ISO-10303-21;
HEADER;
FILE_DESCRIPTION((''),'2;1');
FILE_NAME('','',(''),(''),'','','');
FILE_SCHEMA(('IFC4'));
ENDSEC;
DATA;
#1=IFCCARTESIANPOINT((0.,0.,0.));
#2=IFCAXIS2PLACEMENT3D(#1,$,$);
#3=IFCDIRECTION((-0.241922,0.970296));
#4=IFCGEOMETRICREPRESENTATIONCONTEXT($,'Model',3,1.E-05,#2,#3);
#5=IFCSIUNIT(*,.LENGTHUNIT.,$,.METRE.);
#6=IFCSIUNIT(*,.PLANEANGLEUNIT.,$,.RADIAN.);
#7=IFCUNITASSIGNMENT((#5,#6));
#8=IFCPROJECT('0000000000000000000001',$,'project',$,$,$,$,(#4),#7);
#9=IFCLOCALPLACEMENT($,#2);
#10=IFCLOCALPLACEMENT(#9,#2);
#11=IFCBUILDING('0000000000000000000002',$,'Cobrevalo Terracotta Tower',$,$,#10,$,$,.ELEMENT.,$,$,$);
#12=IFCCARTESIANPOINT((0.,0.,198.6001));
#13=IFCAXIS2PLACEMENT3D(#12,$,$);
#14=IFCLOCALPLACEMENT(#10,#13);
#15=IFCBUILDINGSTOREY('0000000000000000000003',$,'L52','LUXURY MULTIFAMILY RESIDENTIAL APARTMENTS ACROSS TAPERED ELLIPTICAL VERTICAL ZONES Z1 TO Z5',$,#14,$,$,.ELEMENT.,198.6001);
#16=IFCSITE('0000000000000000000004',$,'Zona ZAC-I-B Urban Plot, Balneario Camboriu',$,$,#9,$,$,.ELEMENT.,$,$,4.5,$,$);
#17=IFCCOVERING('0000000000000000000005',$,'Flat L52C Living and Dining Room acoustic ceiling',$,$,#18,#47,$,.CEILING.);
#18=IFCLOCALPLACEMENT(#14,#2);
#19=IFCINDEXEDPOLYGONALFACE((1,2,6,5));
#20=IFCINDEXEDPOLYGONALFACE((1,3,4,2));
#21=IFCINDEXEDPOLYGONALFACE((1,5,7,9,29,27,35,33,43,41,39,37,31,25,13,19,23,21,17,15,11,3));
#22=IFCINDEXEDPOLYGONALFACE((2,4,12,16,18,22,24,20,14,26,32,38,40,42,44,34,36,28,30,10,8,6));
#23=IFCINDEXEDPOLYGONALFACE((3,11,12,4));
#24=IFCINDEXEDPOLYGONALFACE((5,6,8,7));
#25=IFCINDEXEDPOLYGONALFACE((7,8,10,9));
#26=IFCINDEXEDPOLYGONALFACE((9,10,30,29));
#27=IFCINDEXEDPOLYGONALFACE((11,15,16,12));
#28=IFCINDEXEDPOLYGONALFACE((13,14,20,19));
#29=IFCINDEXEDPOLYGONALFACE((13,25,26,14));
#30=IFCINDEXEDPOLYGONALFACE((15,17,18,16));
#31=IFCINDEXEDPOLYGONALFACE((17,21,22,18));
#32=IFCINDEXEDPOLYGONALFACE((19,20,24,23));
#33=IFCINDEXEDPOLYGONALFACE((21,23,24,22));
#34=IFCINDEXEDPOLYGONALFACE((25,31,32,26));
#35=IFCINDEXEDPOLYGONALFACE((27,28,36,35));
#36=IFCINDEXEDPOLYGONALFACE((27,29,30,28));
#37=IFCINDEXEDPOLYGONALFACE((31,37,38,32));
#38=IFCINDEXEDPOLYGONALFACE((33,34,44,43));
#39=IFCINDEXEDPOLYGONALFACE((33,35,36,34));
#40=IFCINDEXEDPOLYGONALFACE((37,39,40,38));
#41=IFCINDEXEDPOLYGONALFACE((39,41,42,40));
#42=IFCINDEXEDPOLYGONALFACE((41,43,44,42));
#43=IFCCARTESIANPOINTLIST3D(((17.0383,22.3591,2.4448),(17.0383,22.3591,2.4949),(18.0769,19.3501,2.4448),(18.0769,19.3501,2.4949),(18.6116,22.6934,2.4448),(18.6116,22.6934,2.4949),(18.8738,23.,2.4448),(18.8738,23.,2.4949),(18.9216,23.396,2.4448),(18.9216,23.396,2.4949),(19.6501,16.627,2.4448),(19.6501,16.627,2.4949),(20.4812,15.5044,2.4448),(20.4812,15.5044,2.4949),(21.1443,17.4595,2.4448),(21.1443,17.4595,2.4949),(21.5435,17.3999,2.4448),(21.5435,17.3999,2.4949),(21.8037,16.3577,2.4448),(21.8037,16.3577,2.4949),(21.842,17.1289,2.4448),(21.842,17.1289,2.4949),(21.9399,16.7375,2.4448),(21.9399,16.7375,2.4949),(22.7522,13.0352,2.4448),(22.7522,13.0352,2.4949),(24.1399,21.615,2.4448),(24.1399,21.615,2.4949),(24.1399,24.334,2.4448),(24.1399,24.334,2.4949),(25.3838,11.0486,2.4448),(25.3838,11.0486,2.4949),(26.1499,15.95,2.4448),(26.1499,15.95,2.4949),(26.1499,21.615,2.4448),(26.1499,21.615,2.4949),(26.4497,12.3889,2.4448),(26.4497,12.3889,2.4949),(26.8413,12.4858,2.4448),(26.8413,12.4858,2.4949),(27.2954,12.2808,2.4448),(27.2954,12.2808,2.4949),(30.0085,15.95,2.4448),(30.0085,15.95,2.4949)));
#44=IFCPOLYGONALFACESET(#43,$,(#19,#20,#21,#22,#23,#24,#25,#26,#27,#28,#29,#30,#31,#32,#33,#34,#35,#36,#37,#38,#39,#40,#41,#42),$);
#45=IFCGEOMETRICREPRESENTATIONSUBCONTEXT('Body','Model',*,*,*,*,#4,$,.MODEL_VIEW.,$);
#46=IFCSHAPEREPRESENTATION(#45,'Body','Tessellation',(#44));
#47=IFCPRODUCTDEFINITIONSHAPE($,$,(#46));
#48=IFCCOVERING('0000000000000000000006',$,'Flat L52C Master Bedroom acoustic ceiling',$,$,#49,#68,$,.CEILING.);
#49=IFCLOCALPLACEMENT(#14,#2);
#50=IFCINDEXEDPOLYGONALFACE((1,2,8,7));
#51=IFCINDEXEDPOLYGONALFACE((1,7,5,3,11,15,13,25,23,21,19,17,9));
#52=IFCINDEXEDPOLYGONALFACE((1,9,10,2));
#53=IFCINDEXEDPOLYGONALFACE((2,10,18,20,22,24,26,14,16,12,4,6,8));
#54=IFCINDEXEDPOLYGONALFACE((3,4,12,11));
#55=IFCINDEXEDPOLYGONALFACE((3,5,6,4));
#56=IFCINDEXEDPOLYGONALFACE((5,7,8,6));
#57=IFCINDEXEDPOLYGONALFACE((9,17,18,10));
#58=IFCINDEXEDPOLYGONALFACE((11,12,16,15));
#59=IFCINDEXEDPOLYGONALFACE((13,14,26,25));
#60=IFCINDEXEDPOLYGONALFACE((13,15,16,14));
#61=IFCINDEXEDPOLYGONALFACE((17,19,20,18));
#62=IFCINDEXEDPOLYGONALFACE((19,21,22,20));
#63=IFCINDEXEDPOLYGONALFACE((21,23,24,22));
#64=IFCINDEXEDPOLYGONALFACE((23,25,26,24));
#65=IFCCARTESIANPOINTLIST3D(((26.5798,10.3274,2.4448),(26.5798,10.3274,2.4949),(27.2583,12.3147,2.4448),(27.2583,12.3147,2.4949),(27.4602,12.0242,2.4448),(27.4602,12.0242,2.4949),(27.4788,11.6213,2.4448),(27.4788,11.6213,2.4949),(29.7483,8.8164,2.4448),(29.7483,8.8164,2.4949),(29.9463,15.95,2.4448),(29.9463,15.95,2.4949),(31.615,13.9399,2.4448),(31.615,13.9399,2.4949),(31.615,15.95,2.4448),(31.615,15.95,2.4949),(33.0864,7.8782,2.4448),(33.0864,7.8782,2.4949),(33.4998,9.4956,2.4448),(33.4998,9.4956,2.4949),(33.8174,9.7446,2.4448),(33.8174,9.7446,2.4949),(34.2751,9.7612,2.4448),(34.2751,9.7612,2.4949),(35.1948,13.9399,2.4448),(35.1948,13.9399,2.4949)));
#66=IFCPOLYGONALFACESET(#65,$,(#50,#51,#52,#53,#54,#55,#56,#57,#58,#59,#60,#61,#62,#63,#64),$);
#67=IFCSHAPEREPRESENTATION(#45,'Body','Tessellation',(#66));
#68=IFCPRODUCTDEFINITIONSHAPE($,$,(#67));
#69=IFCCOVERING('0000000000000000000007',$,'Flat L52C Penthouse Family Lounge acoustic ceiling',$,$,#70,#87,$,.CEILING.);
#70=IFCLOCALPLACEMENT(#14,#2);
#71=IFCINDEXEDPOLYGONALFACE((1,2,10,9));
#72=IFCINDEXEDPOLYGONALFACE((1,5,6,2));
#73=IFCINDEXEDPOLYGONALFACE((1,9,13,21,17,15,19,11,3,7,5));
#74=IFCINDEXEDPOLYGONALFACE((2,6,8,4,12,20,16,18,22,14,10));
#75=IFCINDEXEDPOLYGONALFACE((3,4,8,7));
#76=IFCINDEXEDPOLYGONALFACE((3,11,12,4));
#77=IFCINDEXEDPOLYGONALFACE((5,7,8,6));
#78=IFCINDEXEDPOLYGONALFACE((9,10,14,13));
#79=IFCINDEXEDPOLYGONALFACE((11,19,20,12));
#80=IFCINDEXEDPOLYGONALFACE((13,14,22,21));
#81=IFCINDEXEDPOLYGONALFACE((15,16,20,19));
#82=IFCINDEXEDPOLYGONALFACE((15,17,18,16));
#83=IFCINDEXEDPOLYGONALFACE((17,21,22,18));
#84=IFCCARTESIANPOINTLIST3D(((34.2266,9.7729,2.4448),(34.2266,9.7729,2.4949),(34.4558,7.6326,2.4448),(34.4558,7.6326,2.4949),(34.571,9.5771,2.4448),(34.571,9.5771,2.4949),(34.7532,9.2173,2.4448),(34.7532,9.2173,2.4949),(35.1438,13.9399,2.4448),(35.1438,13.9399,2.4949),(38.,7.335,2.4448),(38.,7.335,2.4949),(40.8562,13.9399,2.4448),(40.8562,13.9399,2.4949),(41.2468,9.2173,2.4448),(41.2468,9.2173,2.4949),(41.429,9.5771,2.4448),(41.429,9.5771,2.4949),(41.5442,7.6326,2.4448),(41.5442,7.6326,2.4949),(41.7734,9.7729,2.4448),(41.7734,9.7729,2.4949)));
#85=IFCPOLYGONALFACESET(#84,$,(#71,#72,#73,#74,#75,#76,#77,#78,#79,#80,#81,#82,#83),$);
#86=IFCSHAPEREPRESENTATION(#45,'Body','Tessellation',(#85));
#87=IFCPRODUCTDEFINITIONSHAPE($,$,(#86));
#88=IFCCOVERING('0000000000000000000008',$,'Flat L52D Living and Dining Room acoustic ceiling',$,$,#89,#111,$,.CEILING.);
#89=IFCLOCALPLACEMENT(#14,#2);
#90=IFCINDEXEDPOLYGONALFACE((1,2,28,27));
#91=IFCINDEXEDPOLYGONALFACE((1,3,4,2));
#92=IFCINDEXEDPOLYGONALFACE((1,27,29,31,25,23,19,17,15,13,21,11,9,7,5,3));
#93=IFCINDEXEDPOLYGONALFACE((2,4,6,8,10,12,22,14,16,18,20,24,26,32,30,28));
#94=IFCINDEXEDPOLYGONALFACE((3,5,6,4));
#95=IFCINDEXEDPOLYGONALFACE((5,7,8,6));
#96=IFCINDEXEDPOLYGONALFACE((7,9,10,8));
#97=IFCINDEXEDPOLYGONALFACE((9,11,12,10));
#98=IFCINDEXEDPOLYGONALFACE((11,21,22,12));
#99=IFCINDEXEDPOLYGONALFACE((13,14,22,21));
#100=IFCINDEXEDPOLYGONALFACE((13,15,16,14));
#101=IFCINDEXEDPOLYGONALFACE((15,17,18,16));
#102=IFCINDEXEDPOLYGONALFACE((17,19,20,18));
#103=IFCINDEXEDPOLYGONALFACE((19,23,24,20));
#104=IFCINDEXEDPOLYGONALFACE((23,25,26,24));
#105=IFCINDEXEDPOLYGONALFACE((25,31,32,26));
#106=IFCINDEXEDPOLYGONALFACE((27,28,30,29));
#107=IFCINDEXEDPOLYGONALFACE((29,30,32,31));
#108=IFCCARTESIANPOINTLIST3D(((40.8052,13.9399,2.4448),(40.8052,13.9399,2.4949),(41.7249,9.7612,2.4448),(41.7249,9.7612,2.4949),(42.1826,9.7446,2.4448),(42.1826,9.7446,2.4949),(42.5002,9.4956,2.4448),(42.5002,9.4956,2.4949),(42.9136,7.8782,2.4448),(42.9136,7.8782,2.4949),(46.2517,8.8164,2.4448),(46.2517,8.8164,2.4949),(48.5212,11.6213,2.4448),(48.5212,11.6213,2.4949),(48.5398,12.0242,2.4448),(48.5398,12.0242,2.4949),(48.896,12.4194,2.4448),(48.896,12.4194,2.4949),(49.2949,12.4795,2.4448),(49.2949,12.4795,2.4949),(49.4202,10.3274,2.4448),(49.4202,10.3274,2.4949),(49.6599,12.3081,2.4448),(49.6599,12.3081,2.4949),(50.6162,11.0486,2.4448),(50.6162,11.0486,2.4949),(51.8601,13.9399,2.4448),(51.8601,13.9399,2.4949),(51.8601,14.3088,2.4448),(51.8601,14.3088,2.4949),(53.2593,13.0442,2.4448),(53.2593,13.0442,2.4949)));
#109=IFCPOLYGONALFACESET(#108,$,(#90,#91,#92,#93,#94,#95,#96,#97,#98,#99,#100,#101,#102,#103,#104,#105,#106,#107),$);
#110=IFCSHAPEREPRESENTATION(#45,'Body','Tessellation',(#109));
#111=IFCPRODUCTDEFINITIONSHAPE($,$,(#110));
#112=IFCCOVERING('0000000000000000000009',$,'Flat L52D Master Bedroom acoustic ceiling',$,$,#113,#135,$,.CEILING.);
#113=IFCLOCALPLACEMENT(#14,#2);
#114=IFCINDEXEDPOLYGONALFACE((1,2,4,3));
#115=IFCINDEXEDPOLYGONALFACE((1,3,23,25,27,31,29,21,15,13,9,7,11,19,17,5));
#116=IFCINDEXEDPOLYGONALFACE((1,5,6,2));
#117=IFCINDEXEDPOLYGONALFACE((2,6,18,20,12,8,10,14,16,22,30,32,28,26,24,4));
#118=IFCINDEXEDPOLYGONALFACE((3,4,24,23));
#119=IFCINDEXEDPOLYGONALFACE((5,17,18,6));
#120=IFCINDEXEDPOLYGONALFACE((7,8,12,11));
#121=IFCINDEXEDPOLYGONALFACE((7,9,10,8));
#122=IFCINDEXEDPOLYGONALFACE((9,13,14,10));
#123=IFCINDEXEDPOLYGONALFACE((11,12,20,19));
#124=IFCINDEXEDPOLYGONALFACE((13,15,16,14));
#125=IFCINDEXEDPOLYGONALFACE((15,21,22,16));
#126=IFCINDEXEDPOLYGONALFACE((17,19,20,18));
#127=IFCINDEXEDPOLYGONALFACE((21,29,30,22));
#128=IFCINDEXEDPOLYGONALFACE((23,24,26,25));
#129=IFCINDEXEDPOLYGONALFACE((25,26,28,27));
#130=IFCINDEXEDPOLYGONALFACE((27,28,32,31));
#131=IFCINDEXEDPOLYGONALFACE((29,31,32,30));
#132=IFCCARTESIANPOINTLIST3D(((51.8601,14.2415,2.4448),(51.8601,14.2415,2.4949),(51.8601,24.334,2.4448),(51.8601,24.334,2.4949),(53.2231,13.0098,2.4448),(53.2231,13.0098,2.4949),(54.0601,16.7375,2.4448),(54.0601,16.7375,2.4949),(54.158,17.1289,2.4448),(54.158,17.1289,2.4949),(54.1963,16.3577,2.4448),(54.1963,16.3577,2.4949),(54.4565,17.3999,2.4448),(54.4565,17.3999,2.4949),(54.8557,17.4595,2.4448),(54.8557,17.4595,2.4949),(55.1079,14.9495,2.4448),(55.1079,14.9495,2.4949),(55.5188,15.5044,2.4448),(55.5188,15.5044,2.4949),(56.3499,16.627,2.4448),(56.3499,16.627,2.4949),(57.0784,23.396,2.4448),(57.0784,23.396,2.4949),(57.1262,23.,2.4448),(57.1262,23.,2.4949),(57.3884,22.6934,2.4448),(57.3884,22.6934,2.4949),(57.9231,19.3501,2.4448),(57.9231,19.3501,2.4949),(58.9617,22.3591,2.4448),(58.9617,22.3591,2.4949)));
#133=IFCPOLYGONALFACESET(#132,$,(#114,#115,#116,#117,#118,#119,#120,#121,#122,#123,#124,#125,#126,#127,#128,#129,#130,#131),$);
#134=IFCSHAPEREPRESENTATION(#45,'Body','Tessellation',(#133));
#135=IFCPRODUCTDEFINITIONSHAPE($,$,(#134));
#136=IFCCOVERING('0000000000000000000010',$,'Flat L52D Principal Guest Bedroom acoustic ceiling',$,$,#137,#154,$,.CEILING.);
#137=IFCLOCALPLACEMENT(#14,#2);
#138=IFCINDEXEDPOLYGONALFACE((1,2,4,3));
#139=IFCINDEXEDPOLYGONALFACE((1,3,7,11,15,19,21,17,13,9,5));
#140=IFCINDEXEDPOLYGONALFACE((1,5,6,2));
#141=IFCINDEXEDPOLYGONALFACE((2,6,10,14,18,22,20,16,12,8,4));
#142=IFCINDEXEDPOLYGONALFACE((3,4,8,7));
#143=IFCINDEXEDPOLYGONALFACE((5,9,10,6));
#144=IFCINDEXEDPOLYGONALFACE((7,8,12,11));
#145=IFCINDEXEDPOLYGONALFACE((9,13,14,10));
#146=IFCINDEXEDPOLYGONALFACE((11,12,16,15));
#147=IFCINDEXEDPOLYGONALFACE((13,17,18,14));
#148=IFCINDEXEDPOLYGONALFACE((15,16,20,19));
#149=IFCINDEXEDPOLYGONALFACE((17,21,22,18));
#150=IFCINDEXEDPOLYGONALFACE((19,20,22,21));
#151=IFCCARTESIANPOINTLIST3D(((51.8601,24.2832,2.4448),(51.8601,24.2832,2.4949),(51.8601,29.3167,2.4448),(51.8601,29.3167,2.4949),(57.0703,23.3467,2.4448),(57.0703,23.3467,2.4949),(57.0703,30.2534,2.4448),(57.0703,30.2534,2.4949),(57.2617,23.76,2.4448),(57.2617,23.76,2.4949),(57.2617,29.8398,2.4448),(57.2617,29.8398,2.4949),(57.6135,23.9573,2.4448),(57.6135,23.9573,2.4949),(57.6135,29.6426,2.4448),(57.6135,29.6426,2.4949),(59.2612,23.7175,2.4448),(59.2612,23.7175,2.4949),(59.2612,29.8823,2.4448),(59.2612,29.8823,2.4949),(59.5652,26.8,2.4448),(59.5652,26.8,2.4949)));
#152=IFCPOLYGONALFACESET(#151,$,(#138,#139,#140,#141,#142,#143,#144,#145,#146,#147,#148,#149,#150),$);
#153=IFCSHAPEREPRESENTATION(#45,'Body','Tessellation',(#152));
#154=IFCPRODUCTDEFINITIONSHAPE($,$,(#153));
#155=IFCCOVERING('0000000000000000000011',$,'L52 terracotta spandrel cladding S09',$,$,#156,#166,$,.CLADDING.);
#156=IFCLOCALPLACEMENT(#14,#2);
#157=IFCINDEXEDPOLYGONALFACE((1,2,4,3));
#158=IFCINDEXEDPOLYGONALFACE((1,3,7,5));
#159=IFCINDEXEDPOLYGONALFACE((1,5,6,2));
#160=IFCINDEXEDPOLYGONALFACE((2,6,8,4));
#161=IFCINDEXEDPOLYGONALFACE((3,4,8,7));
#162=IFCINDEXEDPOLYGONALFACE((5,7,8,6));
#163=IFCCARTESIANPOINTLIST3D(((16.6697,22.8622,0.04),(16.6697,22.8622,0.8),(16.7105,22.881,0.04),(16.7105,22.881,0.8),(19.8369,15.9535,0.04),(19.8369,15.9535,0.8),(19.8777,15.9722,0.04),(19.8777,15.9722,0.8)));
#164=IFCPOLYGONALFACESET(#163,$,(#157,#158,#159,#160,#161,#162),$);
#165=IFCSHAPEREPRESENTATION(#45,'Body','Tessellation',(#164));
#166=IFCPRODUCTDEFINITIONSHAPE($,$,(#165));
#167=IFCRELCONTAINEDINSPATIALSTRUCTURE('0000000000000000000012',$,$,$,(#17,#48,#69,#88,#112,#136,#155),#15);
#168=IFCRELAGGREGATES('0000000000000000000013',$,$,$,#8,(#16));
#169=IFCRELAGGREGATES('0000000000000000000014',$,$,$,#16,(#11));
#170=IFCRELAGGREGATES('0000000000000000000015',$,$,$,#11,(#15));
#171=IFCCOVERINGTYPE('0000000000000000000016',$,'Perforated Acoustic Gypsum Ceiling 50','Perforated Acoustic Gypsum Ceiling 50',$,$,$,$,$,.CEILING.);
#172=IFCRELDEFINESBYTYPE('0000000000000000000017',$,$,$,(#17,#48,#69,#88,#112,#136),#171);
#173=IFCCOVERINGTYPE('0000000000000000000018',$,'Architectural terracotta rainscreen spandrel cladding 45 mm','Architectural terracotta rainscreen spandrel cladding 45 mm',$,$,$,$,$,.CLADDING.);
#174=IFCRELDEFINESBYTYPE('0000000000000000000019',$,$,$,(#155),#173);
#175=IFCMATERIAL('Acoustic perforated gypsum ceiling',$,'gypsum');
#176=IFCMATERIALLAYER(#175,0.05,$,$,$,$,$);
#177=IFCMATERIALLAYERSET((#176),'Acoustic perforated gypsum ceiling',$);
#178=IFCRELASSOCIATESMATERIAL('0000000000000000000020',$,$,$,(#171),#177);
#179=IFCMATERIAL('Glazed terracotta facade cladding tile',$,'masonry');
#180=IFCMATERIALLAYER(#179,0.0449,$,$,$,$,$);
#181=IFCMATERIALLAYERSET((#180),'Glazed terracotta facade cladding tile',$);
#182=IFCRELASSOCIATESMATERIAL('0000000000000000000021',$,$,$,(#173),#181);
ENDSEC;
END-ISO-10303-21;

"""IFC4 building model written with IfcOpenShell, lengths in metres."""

from ifc_helpers import new_model, si_unit, direction, frame, origin, origin_2d, place, context, subcontext, project, spatial, polyline, rectangle, outline, extrude, source, transform, mapped, material, layer, layer_set, type_object, element, save


model = new_model("IFC4")

# Units and contexts
model_context = context("Model", 3, precision=1e-05, world=origin(), true_north=direction((-0.241922, 0.970296)))
body_context = subcontext(model_context, "Body", "Model", "MODEL_VIEW")
ifc_project = project(units=[si_unit("LENGTHUNIT", "METRE"), si_unit("PLANEANGLEUNIT", "RADIAN")], contexts=[model_context])

# Site, building, storey
site_placement = place(None, origin())
site = spatial("IfcSite", under=ifc_project, at=site_placement, Name="Zona ZAC-I-B Urban Plot, Balneario Camboriu", CompositionType="ELEMENT", RefElevation=4.5)
building_placement = place(site_placement, origin())
building = spatial("IfcBuilding", under=site, at=building_placement, Name="Cobrevalo Terracotta Tower", CompositionType="ELEMENT")
storey_placement = place(building_placement, frame((0.0, 0.0, 198.6001)))
storey = spatial("IfcBuildingStorey", under=building, at=storey_placement, Name="L52", Description="LUXURY MULTIFAMILY RESIDENTIAL APARTMENTS ACROSS TAPERED ELLIPTICAL VERTICAL ZONES Z1 TO Z5", CompositionType="ELEMENT", Elevation=198.6001)

# Coverings
ifc_material_1 = material(Name="Acoustic perforated gypsum ceiling", Category="gypsum")
ifc_layer_1 = layer(ifc_material_1, 0.05)
ifc_layer_set_1 = layer_set([ifc_layer_1], Name="Acoustic perforated gypsum ceiling")
covering_type_1 = type_object("IfcCoveringType", Name="Perforated Acoustic Gypsum Ceiling 50", Description="Perforated Acoustic Gypsum Ceiling 50", PredefinedType="CEILING", material=ifc_layer_set_1)
covering_1_placement = place(storey_placement, frame((0.0, 0.0, 2.4448)))
element("IfcCovering", 1, at=covering_1_placement, inside=storey, type_object=covering_type_1, Name="Flat L52C Living and Dining Room acoustic ceiling", PredefinedType="CEILING", context=body_context, shape_type="SweptSolid", body=[
    extrude(outline(polyline([(22.7522, 13.0352), (20.4812, 15.5044), (21.8037, 16.3577), (21.9399, 16.7375), (21.842, 17.1289), (21.5435, 17.3999), (21.1443, 17.4595), (19.6501, 16.627), (18.0769, 19.3501), (17.0383, 22.3591), (18.6116, 22.6934), (18.8738, 23.0), (18.9216, 23.396), (24.1399, 24.334), (24.1399, 21.615), (26.1499, 21.615), (26.1499, 15.95), (30.0085, 15.95), (27.2954, 12.2808), (26.8413, 12.4858), (26.4497, 12.3889), (25.3838, 11.0486), (22.7522, 13.0352)])), origin(), (0.0, 0.0, 1.0), 0.05),
])
covering_2_placement = place(storey_placement, frame((0.0, 0.0, 2.4448)))
element("IfcCovering", 2, at=covering_2_placement, inside=storey, type_object=covering_type_1, Name="Flat L52C Master Bedroom acoustic ceiling", PredefinedType="CEILING", context=body_context, shape_type="SweptSolid", body=[
    extrude(outline(polyline([(29.7483, 8.8164), (26.5798, 10.3274), (27.4788, 11.6213), (27.4602, 12.0242), (27.2583, 12.3147), (29.9463, 15.95), (31.615, 15.95), (31.615, 13.9399), (35.1948, 13.9399), (34.2751, 9.7612), (33.8174, 9.7446), (33.4998, 9.4956), (33.0864, 7.8782), (29.7483, 8.8164)])), origin(), (0.0, 0.0, 1.0), 0.05),
])
covering_3_placement = place(storey_placement, frame((0.0, 0.0, 2.4448)))
element("IfcCovering", 3, at=covering_3_placement, inside=storey, type_object=covering_type_1, Name="Flat L52C Penthouse Family Lounge acoustic ceiling", PredefinedType="CEILING", context=body_context, shape_type="SweptSolid", body=[
    extrude(outline(polyline([(34.4558, 7.6326), (34.7532, 9.2173), (34.571, 9.5771), (34.2266, 9.7729), (35.1438, 13.9399), (40.8562, 13.9399), (41.7734, 9.7729), (41.429, 9.5771), (41.2468, 9.2173), (41.5442, 7.6326), (38.0, 7.335), (34.4558, 7.6326)])), origin(), (0.0, 0.0, 1.0), 0.05),
])
covering_4_placement = place(storey_placement, frame((0.0, 0.0, 2.4448)))
element("IfcCovering", 4, at=covering_4_placement, inside=storey, type_object=covering_type_1, Name="Flat L52D Living and Dining Room acoustic ceiling", PredefinedType="CEILING", context=body_context, shape_type="SweptSolid", body=[
    extrude(outline(polyline([(50.6162, 11.0486), (49.6599, 12.3081), (49.2949, 12.4795), (48.896, 12.4194), (48.5398, 12.0242), (48.5212, 11.6213), (49.4202, 10.3274), (46.2517, 8.8164), (42.9136, 7.8782), (42.5002, 9.4956), (42.1826, 9.7446), (41.7249, 9.7612), (40.8052, 13.9399), (51.8601, 13.9399), (51.8601, 14.3088), (53.2593, 13.0442), (50.6162, 11.0486)])), origin(), (0.0, 0.0, 1.0), 0.05),
])
covering_5_placement = place(storey_placement, frame((0.0, 0.0, 2.4448)))
element("IfcCovering", 5, at=covering_5_placement, inside=storey, type_object=covering_type_1, Name="Flat L52D Master Bedroom acoustic ceiling", PredefinedType="CEILING", context=body_context, shape_type="SweptSolid", body=[
    extrude(outline(polyline([(51.8601, 14.2415), (51.8601, 24.334), (57.0784, 23.396), (57.1262, 23.0), (57.3884, 22.6934), (58.9617, 22.3591), (57.9231, 19.3501), (56.3499, 16.627), (54.8557, 17.4595), (54.4565, 17.3999), (54.158, 17.1289), (54.0601, 16.7375), (54.1963, 16.3577), (55.5188, 15.5044), (55.1079, 14.9495), (53.2231, 13.0098), (51.8601, 14.2415)])), origin(), (0.0, 0.0, 1.0), 0.05),
])
covering_6_placement = place(storey_placement, frame((0.0, 0.0, 2.4448)))
element("IfcCovering", 6, at=covering_6_placement, inside=storey, type_object=covering_type_1, Name="Flat L52D Principal Guest Bedroom acoustic ceiling", PredefinedType="CEILING", context=body_context, shape_type="SweptSolid", body=[
    extrude(outline(polyline([(57.0703, 30.2534), (57.2617, 29.8398), (57.6135, 29.6426), (59.2612, 29.8823), (59.5652, 26.8), (59.2612, 23.7175), (57.6135, 23.9573), (57.2617, 23.76), (57.0703, 23.3467), (51.8601, 24.2832), (51.8601, 29.3167), (57.0703, 30.2534)])), origin(), (0.0, 0.0, 1.0), 0.05),
])
ifc_material_2 = material(Name="Glazed terracotta facade cladding tile", Category="masonry")
ifc_layer_2 = layer(ifc_material_2, 0.0449)
ifc_layer_set_2 = layer_set([ifc_layer_2], Name="Glazed terracotta facade cladding tile")
covering_type_2 = type_object("IfcCoveringType", Name="Architectural terracotta rainscreen spandrel cladding 45 mm", Description="Architectural terracotta rainscreen spandrel cladding 45 mm", PredefinedType="CLADDING", material=ifc_layer_set_2)
shared_shape_1 = source(origin(), body_context, "Body", "SweptSolid", [
    extrude(rectangle(XDim=7.6001, YDim=0.0449, at=origin_2d()), origin(), (0.0, 0.0, 1.0), 0.76),
])
covering_7_placement = place(storey_placement, frame((18.2737, 19.4172, 0.04), z_axis=(0.0, 0.0, 1.0), x_axis=(0.416731, -0.90903, 0.0)))
element("IfcCovering", 7, at=covering_7_placement, inside=storey, type_object=covering_type_2, Name="L52 terracotta spandrel cladding S09", PredefinedType="CLADDING", context=body_context, shape_type="MappedRepresentation", body=[
    mapped(shared_shape_1, transform((0.0, 0.0, 0.0), scale=1.0)),
])

save(model, "model.ifc")
